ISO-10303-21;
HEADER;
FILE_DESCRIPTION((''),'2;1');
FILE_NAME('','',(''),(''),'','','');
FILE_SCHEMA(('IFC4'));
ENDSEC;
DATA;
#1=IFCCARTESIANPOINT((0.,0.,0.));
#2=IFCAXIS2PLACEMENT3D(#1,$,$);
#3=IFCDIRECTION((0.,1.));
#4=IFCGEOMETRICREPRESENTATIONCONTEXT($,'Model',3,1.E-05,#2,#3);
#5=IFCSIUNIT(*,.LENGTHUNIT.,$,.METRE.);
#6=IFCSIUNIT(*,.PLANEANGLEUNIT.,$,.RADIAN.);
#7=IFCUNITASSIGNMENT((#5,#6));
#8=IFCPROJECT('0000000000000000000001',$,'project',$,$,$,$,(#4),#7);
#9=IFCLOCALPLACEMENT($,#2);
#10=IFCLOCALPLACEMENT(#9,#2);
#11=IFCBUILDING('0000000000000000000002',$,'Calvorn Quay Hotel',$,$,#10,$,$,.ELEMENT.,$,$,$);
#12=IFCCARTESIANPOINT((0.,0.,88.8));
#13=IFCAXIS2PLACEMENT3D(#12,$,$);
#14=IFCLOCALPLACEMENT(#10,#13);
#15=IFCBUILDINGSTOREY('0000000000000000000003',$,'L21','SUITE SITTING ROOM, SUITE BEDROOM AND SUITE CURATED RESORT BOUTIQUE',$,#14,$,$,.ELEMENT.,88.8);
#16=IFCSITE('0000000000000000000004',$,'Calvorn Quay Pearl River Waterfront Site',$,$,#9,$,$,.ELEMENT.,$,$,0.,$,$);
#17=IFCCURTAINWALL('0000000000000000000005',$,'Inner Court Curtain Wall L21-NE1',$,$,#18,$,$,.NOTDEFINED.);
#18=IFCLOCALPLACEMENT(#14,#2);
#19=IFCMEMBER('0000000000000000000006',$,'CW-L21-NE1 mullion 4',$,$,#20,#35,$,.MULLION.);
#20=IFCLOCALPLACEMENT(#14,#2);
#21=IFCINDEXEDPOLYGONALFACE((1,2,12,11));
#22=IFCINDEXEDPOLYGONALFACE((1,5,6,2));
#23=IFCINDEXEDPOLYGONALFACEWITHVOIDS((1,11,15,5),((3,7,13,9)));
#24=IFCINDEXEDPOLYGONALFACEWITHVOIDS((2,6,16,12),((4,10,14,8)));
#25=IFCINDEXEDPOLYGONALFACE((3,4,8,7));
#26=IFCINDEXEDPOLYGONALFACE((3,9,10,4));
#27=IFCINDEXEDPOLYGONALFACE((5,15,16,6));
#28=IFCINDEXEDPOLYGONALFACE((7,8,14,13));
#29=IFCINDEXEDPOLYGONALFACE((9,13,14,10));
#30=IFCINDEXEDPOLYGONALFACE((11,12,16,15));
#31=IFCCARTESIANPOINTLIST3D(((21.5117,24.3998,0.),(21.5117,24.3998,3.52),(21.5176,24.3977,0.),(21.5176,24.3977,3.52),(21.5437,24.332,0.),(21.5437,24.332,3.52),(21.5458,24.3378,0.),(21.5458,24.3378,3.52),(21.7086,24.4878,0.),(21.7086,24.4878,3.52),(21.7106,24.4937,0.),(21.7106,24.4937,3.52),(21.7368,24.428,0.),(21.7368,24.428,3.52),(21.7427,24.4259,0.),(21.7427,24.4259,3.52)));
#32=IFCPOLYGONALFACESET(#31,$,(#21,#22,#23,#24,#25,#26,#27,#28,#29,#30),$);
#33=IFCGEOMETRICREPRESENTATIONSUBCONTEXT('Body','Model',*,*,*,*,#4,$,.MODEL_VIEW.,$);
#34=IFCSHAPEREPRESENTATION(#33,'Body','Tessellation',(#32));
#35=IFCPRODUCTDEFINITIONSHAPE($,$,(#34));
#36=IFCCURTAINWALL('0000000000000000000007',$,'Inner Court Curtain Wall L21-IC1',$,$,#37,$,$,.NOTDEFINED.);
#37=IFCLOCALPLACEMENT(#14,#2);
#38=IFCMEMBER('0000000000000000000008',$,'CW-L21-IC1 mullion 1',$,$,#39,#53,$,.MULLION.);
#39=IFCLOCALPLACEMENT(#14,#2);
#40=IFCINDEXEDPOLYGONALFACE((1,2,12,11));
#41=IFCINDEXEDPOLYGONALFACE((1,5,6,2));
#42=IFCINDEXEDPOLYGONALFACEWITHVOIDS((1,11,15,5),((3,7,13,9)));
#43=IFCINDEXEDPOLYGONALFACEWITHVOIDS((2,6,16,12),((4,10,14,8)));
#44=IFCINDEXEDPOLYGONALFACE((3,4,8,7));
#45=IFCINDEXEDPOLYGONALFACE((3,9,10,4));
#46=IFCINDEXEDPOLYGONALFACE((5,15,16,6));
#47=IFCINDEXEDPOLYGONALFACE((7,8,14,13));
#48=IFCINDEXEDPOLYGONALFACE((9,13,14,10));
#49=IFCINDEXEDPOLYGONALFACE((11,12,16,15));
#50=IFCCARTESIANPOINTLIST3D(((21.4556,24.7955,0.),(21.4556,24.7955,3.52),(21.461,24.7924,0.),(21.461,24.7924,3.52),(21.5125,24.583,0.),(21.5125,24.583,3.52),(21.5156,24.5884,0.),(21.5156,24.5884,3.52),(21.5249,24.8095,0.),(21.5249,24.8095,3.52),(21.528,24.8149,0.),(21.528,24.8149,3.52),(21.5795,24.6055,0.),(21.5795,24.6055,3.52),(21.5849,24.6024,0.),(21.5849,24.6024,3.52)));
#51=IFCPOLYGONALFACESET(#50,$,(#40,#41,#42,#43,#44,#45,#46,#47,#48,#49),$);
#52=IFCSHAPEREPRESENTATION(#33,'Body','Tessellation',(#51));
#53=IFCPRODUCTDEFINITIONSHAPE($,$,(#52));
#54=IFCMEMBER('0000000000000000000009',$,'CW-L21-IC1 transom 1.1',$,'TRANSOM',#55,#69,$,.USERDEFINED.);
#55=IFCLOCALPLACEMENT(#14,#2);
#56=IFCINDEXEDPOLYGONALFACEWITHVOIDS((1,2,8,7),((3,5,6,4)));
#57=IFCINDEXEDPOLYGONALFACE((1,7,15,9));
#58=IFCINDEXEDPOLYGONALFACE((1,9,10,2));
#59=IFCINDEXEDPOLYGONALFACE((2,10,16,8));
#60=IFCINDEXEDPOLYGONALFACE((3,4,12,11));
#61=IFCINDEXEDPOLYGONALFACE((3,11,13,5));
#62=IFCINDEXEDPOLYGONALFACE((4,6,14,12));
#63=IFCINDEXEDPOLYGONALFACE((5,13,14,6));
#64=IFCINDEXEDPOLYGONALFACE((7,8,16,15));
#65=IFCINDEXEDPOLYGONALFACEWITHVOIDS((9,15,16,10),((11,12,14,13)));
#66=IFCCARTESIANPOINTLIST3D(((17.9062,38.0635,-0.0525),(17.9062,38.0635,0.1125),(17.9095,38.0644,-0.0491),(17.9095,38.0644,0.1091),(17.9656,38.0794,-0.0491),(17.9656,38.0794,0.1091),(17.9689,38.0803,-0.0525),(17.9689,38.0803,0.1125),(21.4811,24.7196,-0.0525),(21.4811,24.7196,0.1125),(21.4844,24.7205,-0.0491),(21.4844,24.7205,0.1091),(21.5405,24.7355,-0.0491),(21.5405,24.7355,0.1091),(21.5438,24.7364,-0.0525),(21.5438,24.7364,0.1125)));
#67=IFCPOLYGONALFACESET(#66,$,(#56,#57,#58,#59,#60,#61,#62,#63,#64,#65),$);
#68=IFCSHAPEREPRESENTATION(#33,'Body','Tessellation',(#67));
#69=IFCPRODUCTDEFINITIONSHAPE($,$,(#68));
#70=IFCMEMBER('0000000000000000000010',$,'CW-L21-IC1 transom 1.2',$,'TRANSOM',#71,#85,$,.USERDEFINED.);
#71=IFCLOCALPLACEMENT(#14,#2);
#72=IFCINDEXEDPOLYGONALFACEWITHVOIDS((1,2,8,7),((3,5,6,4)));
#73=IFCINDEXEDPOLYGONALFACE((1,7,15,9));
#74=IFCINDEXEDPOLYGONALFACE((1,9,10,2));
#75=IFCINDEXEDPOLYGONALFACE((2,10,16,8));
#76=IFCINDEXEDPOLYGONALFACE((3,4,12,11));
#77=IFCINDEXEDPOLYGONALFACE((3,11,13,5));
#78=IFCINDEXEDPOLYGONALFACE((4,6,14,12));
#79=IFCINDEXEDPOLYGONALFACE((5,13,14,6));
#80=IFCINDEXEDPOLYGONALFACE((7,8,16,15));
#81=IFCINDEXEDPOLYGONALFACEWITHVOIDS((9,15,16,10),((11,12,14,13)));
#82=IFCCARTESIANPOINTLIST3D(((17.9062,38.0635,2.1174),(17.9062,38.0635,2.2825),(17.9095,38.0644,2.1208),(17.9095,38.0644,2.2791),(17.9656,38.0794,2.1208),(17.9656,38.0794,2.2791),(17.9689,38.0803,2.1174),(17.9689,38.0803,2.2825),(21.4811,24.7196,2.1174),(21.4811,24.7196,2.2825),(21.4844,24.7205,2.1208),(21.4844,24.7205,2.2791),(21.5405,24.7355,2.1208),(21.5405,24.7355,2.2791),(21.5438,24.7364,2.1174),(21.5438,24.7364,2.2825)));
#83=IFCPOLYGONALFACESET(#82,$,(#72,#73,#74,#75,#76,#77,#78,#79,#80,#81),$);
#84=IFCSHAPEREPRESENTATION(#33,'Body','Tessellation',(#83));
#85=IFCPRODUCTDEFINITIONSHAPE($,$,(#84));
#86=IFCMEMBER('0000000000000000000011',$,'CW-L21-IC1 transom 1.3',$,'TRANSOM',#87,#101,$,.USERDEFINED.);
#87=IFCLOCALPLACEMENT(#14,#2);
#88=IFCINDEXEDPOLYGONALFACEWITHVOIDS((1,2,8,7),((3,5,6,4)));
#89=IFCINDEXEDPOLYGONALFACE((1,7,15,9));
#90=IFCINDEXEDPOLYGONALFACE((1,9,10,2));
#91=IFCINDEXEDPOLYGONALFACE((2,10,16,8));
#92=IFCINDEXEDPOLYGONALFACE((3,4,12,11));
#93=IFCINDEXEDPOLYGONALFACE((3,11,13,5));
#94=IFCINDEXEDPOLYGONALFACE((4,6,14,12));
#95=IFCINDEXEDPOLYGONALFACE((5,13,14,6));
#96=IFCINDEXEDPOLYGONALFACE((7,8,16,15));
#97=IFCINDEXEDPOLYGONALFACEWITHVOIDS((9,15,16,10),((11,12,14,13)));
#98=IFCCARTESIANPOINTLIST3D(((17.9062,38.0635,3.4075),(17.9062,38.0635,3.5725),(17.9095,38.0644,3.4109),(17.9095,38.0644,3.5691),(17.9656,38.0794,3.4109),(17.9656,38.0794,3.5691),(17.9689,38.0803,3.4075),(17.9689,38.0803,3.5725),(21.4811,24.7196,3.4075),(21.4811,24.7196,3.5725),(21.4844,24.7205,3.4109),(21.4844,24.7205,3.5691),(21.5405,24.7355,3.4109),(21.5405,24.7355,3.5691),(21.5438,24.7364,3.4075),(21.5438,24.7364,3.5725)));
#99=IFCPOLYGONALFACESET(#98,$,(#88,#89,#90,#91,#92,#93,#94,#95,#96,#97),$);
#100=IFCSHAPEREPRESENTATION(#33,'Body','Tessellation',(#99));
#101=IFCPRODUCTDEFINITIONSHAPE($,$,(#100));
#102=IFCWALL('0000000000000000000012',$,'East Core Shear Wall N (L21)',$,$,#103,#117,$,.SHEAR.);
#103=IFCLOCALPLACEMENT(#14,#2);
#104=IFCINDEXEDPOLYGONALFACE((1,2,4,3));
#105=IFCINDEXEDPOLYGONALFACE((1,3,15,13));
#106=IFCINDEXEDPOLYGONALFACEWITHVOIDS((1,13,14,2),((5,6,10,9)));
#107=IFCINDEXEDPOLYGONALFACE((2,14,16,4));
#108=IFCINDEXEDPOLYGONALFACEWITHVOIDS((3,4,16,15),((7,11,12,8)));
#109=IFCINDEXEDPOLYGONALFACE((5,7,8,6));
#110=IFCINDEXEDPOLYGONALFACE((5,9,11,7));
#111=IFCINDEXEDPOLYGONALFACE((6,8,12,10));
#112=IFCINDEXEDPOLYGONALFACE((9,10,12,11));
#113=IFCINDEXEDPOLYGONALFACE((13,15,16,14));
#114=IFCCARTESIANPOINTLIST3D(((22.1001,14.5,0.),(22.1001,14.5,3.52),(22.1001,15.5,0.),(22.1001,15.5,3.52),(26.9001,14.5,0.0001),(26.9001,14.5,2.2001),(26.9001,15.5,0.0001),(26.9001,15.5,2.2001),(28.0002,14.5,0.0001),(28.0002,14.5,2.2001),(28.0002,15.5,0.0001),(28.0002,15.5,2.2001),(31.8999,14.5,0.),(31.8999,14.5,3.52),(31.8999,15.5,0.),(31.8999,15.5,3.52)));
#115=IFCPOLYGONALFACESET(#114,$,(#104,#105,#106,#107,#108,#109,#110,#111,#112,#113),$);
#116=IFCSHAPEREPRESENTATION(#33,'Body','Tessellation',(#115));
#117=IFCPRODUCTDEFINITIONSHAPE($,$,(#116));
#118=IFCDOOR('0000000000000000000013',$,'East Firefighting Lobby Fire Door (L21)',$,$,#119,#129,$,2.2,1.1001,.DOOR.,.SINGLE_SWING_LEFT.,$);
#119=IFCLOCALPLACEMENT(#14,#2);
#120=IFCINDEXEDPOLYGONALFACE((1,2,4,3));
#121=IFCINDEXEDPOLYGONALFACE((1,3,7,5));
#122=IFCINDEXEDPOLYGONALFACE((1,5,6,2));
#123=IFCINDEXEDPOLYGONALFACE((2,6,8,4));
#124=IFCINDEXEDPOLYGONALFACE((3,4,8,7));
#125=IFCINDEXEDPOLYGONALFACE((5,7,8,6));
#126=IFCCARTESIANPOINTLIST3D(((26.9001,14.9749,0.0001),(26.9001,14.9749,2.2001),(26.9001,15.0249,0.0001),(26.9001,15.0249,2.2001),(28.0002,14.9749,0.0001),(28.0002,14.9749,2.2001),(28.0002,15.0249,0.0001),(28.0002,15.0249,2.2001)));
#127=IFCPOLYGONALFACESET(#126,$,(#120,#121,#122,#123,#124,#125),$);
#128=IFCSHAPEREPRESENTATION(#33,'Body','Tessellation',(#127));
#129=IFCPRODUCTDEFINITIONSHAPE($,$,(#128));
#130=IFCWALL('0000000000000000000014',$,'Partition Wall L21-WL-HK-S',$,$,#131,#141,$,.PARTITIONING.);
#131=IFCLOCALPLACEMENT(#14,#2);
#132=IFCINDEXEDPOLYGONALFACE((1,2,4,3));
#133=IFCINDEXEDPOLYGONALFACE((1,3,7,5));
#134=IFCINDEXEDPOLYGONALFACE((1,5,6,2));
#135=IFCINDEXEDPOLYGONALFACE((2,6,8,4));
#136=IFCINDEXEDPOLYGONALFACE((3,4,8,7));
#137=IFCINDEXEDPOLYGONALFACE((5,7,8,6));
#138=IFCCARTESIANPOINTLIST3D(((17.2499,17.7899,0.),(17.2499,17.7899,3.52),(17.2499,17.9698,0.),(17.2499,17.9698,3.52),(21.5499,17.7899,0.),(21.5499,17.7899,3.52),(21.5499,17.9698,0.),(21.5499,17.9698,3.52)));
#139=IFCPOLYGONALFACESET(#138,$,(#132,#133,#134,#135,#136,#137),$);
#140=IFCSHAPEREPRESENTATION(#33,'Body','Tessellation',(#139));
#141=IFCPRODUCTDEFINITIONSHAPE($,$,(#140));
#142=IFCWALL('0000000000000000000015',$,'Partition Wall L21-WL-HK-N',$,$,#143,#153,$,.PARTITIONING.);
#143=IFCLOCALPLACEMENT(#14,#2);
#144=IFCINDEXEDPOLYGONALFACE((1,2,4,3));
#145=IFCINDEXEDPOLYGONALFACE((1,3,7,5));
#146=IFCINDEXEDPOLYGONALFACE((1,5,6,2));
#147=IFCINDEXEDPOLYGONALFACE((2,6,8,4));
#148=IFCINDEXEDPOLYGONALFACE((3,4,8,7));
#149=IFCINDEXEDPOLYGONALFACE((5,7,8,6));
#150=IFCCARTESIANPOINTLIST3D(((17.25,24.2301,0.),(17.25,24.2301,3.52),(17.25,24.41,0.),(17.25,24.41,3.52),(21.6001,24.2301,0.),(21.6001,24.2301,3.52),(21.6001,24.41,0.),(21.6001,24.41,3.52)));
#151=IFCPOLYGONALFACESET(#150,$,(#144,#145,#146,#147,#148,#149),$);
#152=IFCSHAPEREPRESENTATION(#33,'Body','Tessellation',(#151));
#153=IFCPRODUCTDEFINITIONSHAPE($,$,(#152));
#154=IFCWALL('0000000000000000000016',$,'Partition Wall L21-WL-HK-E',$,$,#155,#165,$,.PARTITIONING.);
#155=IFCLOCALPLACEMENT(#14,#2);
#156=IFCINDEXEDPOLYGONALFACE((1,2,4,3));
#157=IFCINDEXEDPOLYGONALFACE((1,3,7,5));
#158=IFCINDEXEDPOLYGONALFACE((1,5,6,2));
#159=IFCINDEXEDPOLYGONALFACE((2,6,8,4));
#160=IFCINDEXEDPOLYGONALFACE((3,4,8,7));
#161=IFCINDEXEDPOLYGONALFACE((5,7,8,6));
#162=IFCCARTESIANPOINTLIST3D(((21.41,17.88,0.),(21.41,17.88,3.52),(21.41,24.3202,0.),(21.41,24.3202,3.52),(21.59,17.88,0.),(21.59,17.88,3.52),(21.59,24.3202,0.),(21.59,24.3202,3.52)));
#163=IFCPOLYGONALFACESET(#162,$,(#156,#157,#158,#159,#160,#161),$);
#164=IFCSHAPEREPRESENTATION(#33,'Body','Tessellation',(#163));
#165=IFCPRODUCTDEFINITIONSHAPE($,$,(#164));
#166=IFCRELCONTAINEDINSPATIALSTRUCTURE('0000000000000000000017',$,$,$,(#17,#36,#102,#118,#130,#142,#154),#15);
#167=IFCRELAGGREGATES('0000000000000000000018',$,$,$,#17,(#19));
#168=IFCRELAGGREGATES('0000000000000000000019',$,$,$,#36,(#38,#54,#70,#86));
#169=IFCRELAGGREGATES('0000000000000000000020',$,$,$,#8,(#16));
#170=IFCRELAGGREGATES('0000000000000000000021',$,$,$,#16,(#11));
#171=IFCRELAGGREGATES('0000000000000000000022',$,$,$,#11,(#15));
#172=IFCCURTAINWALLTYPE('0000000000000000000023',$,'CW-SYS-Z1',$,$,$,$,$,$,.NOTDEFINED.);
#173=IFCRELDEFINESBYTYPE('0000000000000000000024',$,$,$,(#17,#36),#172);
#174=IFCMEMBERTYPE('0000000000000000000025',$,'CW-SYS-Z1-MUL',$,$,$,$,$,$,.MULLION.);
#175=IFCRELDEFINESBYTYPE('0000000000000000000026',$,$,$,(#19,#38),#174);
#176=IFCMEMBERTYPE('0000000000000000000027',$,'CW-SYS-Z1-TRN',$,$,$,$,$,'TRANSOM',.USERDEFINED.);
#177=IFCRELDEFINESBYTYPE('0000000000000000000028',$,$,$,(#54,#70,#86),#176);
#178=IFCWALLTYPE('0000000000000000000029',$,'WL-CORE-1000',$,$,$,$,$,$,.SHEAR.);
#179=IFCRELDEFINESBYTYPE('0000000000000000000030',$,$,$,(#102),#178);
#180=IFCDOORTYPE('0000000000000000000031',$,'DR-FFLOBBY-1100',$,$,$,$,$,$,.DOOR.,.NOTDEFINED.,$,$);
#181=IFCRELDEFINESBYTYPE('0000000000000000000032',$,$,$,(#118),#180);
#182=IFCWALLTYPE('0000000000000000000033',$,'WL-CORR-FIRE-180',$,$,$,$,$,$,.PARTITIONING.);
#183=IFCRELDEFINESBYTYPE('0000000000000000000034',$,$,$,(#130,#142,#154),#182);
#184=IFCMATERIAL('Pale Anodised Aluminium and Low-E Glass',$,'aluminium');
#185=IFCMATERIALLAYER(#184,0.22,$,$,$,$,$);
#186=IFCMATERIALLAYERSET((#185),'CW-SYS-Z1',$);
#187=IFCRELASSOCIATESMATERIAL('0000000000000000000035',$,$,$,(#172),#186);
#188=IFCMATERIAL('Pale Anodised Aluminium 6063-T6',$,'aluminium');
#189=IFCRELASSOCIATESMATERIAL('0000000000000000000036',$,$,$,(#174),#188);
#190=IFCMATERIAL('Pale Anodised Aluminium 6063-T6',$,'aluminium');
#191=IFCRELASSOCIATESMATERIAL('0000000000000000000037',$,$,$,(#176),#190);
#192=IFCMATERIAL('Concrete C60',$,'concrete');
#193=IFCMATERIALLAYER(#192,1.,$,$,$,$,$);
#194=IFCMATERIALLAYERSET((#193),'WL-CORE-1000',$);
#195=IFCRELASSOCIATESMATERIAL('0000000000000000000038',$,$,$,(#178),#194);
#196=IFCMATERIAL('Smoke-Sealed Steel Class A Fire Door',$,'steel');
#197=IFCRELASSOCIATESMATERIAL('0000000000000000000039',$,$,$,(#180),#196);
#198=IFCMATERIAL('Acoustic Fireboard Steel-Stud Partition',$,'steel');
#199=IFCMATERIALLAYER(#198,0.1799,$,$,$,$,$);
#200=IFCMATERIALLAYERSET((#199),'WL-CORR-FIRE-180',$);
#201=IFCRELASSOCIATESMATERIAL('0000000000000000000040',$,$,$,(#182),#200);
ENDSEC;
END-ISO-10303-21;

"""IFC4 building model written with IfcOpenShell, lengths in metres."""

from ifc_helpers import new_model, si_unit, direction, frame, frame_2d, origin, origin_2d, place, context, subcontext, project, spatial, rectangle, hollow_rectangle, extrude, material, layer, layer_set, material_profile, profile_set, type_object, element, fill, aggregate, save


model = new_model("IFC4")

# Units and contexts
model_context = context("Model", 3, precision=1e-05, world=origin(), true_north=direction((0.0, 1.0)))
body_context = subcontext(model_context, "Body", "Model", "MODEL_VIEW")
ifc_project = project(units=[si_unit("LENGTHUNIT", "METRE"), si_unit("PLANEANGLEUNIT", "RADIAN")], contexts=[model_context])

# Site, building, storey
site_placement = place(None, origin())
site = spatial("IfcSite", under=ifc_project, at=site_placement, Name="Calvorn Quay Pearl River Waterfront Site", CompositionType="ELEMENT", RefElevation=0.0)
building_placement = place(site_placement, origin())
building = spatial("IfcBuilding", under=site, at=building_placement, Name="Calvorn Quay Hotel", CompositionType="ELEMENT")
storey_placement = place(building_placement, frame((0.0, 0.0, 88.8)))
storey = spatial("IfcBuildingStorey", under=building, at=storey_placement, Name="L21", Description="SUITE SITTING ROOM, SUITE BEDROOM AND SUITE CURATED RESORT BOUTIQUE", CompositionType="ELEMENT", Elevation=88.8)

# Curtain wall, member
ifc_material_1 = material(Name="Pale Anodised Aluminium and Low-E Glass", Category="aluminium")
ifc_layer_1 = layer(ifc_material_1, 0.22)
ifc_layer_set_1 = layer_set([ifc_layer_1], Name="CW-SYS-Z1")
curtain_wall_type = type_object("IfcCurtainWallType", Name="CW-SYS-Z1", PredefinedType="NOTDEFINED", material=ifc_layer_set_1)
curtain_wall_1_placement = place(storey_placement, origin())
curtain_wall_1 = element("IfcCurtainWall", 1, at=curtain_wall_1_placement, inside=storey, type_object=curtain_wall_type, Name="Inner Court Curtain Wall L21-NE1", PredefinedType="NOTDEFINED")
ifc_material_2 = material(Name="Pale Anodised Aluminium 6063-T6", Category="aluminium")
ifc_material_profile_1 = material_profile(ifc_material_2, hollow_rectangle(XDim=0.075, YDim=0.22, WallThickness=0.0044, at=origin_2d()), Name="ALU-M220x75x4.5")
ifc_profile_set_1 = profile_set([ifc_material_profile_1], Name="Pale Anodised Aluminium 6063-T6")
member_type_1 = type_object("IfcMemberType", Name="CW-SYS-Z1-MUL", PredefinedType="MULLION", material=ifc_profile_set_1)
member_1_placement = place(storey_placement, frame((21.6272, 24.4128, 0.0), z_axis=(0.0, 0.0, 1.0), x_axis=(0.427006, -0.904249, 0.0)))
member_1 = element("IfcMember", 2, at=member_1_placement, type_object=member_type_1, Name="CW-L21-NE1 mullion 4", PredefinedType="MULLION", context=body_context, shape_type="SweptSolid", body=[
    extrude(hollow_rectangle(XDim=0.075, YDim=0.22, WallThickness=0.0044, at=origin_2d()), origin(), (0.0, 0.0, 1.0), 3.52),
])
aggregate(curtain_wall_1, [member_1])

# Curtain wall, members
curtain_wall_2_placement = place(storey_placement, origin())
curtain_wall_2 = element("IfcCurtainWall", 3, at=curtain_wall_2_placement, inside=storey, type_object=curtain_wall_type, Name="Inner Court Curtain Wall L21-IC1", PredefinedType="NOTDEFINED")
member_2_placement = place(storey_placement, frame((21.5203, 24.699, 0.0), z_axis=(0.0, 0.0, 1.0), x_axis=(-0.965937, -0.258779, 0.0)))
member_2 = element("IfcMember", 4, at=member_2_placement, type_object=member_type_1, Name="CW-L21-IC1 mullion 1", PredefinedType="MULLION", context=body_context, shape_type="SweptSolid", body=[
    extrude(hollow_rectangle(XDim=0.075, YDim=0.22, WallThickness=0.0044, at=origin_2d()), origin(), (0.0, 0.0, 1.0), 3.52),
])
ifc_material_3 = material(Name="Pale Anodised Aluminium 6063-T6", Category="aluminium")
ifc_material_profile_2 = material_profile(ifc_material_3, hollow_rectangle(XDim=0.0649, YDim=0.165, WallThickness=0.0034, at=origin_2d()), Name="ALU-T165x65x3.5")
ifc_profile_set_2 = profile_set([ifc_material_profile_2], Name="Pale Anodised Aluminium 6063-T6")
member_type_2 = type_object("IfcMemberType", Name="CW-SYS-Z1-TRN", ElementType="TRANSOM", PredefinedType="USERDEFINED", material=ifc_profile_set_2)
member_3_placement = place(storey_placement, frame((21.5125, 24.728, 0.03), z_axis=(-0.258781, 0.965936, 0.0), x_axis=(-0.965936, -0.258781, 0.0)))
member_3 = element("IfcMember", 5, at=member_3_placement, type_object=member_type_2, Name="CW-L21-IC1 transom 1.1", ObjectType="TRANSOM", PredefinedType="USERDEFINED", context=body_context, shape_type="SweptSolid", body=[
    extrude(hollow_rectangle(XDim=0.0649, YDim=0.165, WallThickness=0.0034, at=origin_2d()), origin(), (0.0, 0.0, 1.0), 13.8145),
])
member_4_placement = place(storey_placement, frame((21.5125, 24.728, 2.2), z_axis=(-0.258781, 0.965936, 0.0), x_axis=(-0.965936, -0.258781, 0.0)))
member_4 = element("IfcMember", 6, at=member_4_placement, type_object=member_type_2, Name="CW-L21-IC1 transom 1.2", ObjectType="TRANSOM", PredefinedType="USERDEFINED", context=body_context, shape_type="SweptSolid", body=[
    extrude(hollow_rectangle(XDim=0.0649, YDim=0.165, WallThickness=0.0034, at=origin_2d()), origin(), (0.0, 0.0, 1.0), 13.8145),
])
member_5_placement = place(storey_placement, frame((21.5125, 24.728, 3.49), z_axis=(-0.258781, 0.965936, 0.0), x_axis=(-0.965936, -0.258781, 0.0)))
member_5 = element("IfcMember", 7, at=member_5_placement, type_object=member_type_2, Name="CW-L21-IC1 transom 1.3", ObjectType="TRANSOM", PredefinedType="USERDEFINED", context=body_context, shape_type="SweptSolid", body=[
    extrude(hollow_rectangle(XDim=0.0649, YDim=0.165, WallThickness=0.0034, at=origin_2d()), origin(), (0.0, 0.0, 1.0), 13.8145),
])
aggregate(curtain_wall_2, [member_2, member_3, member_4, member_5])

# Wall, opening, door
ifc_material_4 = material(Name="Concrete C60", Category="concrete")
ifc_layer_2 = layer(ifc_material_4, 1.0)
ifc_layer_set_2 = layer_set([ifc_layer_2], Name="WL-CORE-1000")
wall_type_1 = type_object("IfcWallType", Name="WL-CORE-1000", PredefinedType="SHEAR", material=ifc_layer_set_2)
wall_1_placement = place(storey_placement, frame((22.1001, 15.0, 0.0), z_axis=(0.0, 0.0, 1.0), x_axis=(1.0, 0.0, 0.0)))
wall_1 = element("IfcWall", 8, at=wall_1_placement, inside=storey, type_object=wall_type_1, Name="East Core Shear Wall N (L21)", PredefinedType="SHEAR", context=body_context, shape_type="SweptSolid", body=[
    extrude(rectangle(XDim=9.7998, YDim=1.0, at=frame_2d((4.8999, 0.0))), origin(), (0.0, 0.0, 1.0), 3.52),
])
opening_1_placement = place(wall_1_placement, frame((4.8, 0.0, 0.0)))
opening_1 = element("IfcOpeningElement", 9, at=opening_1_placement, cuts=wall_1, PredefinedType="OPENING", context=body_context, shape_type="SweptSolid", body=[
    extrude(rectangle(XDim=1.1001, YDim=2.2, at=frame_2d((0.55, 1.1001))), frame((0.0, 0.51, 0.0), z_axis=(0.0, -1.0, 0.0), x_axis=(1.0, 0.0, 0.0)), (0.0, 0.0, 1.0), 1.02),
])
ifc_material_5 = material(Name="Smoke-Sealed Steel Class A Fire Door", Category="steel")
door_type_1 = type_object("IfcDoorType", Name="DR-FFLOBBY-1100", OperationType="NOTDEFINED", PredefinedType="DOOR", material=ifc_material_5)
door_1_placement = place(opening_1_placement, origin())
door_1 = element("IfcDoor", 10, at=door_1_placement, inside=storey, type_object=door_type_1, Name="East Firefighting Lobby Fire Door (L21)", OperationType="SINGLE_SWING_LEFT", OverallHeight=2.2, OverallWidth=1.1001, PredefinedType="DOOR", context=body_context, shape_type="SweptSolid", body=[
    extrude(rectangle(XDim=1.1001, YDim=2.2, at=frame_2d((0.55, 1.1001))), frame((0.0, 0.0249, 0.0), z_axis=(0.0, -1.0, 0.0), x_axis=(1.0, 0.0, 0.0)), (0.0, 0.0, 1.0), 0.05),
])
fill(opening_1, door_1)

# Walls
ifc_material_6 = material(Name="Acoustic Fireboard Steel-Stud Partition", Category="steel")
ifc_layer_3 = layer(ifc_material_6, 0.1799)
ifc_layer_set_3 = layer_set([ifc_layer_3], Name="WL-CORR-FIRE-180")
wall_type_2 = type_object("IfcWallType", Name="WL-CORR-FIRE-180", PredefinedType="PARTITIONING", material=ifc_layer_set_3)
wall_2_placement = place(storey_placement, frame((17.25, 17.8799, 0.0), z_axis=(0.0, 0.0, 1.0), x_axis=(1.0, 0.0, 0.0)))
element("IfcWall", 11, at=wall_2_placement, inside=storey, type_object=wall_type_2, Name="Partition Wall L21-WL-HK-S", PredefinedType="PARTITIONING", context=body_context, shape_type="SweptSolid", body=[
    extrude(rectangle(XDim=4.3, YDim=0.1799, at=frame_2d((2.1499, 0.0))), origin(), (0.0, 0.0, 1.0), 3.52),
])
wall_3_placement = place(storey_placement, frame((17.25, 24.3201, 0.0), z_axis=(0.0, 0.0, 1.0), x_axis=(1.0, 0.0, 0.0)))
element("IfcWall", 12, at=wall_3_placement, inside=storey, type_object=wall_type_2, Name="Partition Wall L21-WL-HK-N", PredefinedType="PARTITIONING", context=body_context, shape_type="SweptSolid", body=[
    extrude(rectangle(XDim=4.3501, YDim=0.1799, at=frame_2d((2.175, 0.0))), origin(), (0.0, 0.0, 1.0), 3.52),
])
wall_4_placement = place(storey_placement, frame((21.5, 17.8799, 0.0), z_axis=(0.0, 0.0, 1.0), x_axis=(0.0, 1.0, 0.0)))
element("IfcWall", 13, at=wall_4_placement, inside=storey, type_object=wall_type_2, Name="Partition Wall L21-WL-HK-E", PredefinedType="PARTITIONING", context=body_context, shape_type="SweptSolid", body=[
    extrude(rectangle(XDim=6.4402, YDim=0.1799, at=frame_2d((3.2202, 0.0))), origin(), (0.0, 0.0, 1.0), 3.52),
])

save(model, "model.ifc")
